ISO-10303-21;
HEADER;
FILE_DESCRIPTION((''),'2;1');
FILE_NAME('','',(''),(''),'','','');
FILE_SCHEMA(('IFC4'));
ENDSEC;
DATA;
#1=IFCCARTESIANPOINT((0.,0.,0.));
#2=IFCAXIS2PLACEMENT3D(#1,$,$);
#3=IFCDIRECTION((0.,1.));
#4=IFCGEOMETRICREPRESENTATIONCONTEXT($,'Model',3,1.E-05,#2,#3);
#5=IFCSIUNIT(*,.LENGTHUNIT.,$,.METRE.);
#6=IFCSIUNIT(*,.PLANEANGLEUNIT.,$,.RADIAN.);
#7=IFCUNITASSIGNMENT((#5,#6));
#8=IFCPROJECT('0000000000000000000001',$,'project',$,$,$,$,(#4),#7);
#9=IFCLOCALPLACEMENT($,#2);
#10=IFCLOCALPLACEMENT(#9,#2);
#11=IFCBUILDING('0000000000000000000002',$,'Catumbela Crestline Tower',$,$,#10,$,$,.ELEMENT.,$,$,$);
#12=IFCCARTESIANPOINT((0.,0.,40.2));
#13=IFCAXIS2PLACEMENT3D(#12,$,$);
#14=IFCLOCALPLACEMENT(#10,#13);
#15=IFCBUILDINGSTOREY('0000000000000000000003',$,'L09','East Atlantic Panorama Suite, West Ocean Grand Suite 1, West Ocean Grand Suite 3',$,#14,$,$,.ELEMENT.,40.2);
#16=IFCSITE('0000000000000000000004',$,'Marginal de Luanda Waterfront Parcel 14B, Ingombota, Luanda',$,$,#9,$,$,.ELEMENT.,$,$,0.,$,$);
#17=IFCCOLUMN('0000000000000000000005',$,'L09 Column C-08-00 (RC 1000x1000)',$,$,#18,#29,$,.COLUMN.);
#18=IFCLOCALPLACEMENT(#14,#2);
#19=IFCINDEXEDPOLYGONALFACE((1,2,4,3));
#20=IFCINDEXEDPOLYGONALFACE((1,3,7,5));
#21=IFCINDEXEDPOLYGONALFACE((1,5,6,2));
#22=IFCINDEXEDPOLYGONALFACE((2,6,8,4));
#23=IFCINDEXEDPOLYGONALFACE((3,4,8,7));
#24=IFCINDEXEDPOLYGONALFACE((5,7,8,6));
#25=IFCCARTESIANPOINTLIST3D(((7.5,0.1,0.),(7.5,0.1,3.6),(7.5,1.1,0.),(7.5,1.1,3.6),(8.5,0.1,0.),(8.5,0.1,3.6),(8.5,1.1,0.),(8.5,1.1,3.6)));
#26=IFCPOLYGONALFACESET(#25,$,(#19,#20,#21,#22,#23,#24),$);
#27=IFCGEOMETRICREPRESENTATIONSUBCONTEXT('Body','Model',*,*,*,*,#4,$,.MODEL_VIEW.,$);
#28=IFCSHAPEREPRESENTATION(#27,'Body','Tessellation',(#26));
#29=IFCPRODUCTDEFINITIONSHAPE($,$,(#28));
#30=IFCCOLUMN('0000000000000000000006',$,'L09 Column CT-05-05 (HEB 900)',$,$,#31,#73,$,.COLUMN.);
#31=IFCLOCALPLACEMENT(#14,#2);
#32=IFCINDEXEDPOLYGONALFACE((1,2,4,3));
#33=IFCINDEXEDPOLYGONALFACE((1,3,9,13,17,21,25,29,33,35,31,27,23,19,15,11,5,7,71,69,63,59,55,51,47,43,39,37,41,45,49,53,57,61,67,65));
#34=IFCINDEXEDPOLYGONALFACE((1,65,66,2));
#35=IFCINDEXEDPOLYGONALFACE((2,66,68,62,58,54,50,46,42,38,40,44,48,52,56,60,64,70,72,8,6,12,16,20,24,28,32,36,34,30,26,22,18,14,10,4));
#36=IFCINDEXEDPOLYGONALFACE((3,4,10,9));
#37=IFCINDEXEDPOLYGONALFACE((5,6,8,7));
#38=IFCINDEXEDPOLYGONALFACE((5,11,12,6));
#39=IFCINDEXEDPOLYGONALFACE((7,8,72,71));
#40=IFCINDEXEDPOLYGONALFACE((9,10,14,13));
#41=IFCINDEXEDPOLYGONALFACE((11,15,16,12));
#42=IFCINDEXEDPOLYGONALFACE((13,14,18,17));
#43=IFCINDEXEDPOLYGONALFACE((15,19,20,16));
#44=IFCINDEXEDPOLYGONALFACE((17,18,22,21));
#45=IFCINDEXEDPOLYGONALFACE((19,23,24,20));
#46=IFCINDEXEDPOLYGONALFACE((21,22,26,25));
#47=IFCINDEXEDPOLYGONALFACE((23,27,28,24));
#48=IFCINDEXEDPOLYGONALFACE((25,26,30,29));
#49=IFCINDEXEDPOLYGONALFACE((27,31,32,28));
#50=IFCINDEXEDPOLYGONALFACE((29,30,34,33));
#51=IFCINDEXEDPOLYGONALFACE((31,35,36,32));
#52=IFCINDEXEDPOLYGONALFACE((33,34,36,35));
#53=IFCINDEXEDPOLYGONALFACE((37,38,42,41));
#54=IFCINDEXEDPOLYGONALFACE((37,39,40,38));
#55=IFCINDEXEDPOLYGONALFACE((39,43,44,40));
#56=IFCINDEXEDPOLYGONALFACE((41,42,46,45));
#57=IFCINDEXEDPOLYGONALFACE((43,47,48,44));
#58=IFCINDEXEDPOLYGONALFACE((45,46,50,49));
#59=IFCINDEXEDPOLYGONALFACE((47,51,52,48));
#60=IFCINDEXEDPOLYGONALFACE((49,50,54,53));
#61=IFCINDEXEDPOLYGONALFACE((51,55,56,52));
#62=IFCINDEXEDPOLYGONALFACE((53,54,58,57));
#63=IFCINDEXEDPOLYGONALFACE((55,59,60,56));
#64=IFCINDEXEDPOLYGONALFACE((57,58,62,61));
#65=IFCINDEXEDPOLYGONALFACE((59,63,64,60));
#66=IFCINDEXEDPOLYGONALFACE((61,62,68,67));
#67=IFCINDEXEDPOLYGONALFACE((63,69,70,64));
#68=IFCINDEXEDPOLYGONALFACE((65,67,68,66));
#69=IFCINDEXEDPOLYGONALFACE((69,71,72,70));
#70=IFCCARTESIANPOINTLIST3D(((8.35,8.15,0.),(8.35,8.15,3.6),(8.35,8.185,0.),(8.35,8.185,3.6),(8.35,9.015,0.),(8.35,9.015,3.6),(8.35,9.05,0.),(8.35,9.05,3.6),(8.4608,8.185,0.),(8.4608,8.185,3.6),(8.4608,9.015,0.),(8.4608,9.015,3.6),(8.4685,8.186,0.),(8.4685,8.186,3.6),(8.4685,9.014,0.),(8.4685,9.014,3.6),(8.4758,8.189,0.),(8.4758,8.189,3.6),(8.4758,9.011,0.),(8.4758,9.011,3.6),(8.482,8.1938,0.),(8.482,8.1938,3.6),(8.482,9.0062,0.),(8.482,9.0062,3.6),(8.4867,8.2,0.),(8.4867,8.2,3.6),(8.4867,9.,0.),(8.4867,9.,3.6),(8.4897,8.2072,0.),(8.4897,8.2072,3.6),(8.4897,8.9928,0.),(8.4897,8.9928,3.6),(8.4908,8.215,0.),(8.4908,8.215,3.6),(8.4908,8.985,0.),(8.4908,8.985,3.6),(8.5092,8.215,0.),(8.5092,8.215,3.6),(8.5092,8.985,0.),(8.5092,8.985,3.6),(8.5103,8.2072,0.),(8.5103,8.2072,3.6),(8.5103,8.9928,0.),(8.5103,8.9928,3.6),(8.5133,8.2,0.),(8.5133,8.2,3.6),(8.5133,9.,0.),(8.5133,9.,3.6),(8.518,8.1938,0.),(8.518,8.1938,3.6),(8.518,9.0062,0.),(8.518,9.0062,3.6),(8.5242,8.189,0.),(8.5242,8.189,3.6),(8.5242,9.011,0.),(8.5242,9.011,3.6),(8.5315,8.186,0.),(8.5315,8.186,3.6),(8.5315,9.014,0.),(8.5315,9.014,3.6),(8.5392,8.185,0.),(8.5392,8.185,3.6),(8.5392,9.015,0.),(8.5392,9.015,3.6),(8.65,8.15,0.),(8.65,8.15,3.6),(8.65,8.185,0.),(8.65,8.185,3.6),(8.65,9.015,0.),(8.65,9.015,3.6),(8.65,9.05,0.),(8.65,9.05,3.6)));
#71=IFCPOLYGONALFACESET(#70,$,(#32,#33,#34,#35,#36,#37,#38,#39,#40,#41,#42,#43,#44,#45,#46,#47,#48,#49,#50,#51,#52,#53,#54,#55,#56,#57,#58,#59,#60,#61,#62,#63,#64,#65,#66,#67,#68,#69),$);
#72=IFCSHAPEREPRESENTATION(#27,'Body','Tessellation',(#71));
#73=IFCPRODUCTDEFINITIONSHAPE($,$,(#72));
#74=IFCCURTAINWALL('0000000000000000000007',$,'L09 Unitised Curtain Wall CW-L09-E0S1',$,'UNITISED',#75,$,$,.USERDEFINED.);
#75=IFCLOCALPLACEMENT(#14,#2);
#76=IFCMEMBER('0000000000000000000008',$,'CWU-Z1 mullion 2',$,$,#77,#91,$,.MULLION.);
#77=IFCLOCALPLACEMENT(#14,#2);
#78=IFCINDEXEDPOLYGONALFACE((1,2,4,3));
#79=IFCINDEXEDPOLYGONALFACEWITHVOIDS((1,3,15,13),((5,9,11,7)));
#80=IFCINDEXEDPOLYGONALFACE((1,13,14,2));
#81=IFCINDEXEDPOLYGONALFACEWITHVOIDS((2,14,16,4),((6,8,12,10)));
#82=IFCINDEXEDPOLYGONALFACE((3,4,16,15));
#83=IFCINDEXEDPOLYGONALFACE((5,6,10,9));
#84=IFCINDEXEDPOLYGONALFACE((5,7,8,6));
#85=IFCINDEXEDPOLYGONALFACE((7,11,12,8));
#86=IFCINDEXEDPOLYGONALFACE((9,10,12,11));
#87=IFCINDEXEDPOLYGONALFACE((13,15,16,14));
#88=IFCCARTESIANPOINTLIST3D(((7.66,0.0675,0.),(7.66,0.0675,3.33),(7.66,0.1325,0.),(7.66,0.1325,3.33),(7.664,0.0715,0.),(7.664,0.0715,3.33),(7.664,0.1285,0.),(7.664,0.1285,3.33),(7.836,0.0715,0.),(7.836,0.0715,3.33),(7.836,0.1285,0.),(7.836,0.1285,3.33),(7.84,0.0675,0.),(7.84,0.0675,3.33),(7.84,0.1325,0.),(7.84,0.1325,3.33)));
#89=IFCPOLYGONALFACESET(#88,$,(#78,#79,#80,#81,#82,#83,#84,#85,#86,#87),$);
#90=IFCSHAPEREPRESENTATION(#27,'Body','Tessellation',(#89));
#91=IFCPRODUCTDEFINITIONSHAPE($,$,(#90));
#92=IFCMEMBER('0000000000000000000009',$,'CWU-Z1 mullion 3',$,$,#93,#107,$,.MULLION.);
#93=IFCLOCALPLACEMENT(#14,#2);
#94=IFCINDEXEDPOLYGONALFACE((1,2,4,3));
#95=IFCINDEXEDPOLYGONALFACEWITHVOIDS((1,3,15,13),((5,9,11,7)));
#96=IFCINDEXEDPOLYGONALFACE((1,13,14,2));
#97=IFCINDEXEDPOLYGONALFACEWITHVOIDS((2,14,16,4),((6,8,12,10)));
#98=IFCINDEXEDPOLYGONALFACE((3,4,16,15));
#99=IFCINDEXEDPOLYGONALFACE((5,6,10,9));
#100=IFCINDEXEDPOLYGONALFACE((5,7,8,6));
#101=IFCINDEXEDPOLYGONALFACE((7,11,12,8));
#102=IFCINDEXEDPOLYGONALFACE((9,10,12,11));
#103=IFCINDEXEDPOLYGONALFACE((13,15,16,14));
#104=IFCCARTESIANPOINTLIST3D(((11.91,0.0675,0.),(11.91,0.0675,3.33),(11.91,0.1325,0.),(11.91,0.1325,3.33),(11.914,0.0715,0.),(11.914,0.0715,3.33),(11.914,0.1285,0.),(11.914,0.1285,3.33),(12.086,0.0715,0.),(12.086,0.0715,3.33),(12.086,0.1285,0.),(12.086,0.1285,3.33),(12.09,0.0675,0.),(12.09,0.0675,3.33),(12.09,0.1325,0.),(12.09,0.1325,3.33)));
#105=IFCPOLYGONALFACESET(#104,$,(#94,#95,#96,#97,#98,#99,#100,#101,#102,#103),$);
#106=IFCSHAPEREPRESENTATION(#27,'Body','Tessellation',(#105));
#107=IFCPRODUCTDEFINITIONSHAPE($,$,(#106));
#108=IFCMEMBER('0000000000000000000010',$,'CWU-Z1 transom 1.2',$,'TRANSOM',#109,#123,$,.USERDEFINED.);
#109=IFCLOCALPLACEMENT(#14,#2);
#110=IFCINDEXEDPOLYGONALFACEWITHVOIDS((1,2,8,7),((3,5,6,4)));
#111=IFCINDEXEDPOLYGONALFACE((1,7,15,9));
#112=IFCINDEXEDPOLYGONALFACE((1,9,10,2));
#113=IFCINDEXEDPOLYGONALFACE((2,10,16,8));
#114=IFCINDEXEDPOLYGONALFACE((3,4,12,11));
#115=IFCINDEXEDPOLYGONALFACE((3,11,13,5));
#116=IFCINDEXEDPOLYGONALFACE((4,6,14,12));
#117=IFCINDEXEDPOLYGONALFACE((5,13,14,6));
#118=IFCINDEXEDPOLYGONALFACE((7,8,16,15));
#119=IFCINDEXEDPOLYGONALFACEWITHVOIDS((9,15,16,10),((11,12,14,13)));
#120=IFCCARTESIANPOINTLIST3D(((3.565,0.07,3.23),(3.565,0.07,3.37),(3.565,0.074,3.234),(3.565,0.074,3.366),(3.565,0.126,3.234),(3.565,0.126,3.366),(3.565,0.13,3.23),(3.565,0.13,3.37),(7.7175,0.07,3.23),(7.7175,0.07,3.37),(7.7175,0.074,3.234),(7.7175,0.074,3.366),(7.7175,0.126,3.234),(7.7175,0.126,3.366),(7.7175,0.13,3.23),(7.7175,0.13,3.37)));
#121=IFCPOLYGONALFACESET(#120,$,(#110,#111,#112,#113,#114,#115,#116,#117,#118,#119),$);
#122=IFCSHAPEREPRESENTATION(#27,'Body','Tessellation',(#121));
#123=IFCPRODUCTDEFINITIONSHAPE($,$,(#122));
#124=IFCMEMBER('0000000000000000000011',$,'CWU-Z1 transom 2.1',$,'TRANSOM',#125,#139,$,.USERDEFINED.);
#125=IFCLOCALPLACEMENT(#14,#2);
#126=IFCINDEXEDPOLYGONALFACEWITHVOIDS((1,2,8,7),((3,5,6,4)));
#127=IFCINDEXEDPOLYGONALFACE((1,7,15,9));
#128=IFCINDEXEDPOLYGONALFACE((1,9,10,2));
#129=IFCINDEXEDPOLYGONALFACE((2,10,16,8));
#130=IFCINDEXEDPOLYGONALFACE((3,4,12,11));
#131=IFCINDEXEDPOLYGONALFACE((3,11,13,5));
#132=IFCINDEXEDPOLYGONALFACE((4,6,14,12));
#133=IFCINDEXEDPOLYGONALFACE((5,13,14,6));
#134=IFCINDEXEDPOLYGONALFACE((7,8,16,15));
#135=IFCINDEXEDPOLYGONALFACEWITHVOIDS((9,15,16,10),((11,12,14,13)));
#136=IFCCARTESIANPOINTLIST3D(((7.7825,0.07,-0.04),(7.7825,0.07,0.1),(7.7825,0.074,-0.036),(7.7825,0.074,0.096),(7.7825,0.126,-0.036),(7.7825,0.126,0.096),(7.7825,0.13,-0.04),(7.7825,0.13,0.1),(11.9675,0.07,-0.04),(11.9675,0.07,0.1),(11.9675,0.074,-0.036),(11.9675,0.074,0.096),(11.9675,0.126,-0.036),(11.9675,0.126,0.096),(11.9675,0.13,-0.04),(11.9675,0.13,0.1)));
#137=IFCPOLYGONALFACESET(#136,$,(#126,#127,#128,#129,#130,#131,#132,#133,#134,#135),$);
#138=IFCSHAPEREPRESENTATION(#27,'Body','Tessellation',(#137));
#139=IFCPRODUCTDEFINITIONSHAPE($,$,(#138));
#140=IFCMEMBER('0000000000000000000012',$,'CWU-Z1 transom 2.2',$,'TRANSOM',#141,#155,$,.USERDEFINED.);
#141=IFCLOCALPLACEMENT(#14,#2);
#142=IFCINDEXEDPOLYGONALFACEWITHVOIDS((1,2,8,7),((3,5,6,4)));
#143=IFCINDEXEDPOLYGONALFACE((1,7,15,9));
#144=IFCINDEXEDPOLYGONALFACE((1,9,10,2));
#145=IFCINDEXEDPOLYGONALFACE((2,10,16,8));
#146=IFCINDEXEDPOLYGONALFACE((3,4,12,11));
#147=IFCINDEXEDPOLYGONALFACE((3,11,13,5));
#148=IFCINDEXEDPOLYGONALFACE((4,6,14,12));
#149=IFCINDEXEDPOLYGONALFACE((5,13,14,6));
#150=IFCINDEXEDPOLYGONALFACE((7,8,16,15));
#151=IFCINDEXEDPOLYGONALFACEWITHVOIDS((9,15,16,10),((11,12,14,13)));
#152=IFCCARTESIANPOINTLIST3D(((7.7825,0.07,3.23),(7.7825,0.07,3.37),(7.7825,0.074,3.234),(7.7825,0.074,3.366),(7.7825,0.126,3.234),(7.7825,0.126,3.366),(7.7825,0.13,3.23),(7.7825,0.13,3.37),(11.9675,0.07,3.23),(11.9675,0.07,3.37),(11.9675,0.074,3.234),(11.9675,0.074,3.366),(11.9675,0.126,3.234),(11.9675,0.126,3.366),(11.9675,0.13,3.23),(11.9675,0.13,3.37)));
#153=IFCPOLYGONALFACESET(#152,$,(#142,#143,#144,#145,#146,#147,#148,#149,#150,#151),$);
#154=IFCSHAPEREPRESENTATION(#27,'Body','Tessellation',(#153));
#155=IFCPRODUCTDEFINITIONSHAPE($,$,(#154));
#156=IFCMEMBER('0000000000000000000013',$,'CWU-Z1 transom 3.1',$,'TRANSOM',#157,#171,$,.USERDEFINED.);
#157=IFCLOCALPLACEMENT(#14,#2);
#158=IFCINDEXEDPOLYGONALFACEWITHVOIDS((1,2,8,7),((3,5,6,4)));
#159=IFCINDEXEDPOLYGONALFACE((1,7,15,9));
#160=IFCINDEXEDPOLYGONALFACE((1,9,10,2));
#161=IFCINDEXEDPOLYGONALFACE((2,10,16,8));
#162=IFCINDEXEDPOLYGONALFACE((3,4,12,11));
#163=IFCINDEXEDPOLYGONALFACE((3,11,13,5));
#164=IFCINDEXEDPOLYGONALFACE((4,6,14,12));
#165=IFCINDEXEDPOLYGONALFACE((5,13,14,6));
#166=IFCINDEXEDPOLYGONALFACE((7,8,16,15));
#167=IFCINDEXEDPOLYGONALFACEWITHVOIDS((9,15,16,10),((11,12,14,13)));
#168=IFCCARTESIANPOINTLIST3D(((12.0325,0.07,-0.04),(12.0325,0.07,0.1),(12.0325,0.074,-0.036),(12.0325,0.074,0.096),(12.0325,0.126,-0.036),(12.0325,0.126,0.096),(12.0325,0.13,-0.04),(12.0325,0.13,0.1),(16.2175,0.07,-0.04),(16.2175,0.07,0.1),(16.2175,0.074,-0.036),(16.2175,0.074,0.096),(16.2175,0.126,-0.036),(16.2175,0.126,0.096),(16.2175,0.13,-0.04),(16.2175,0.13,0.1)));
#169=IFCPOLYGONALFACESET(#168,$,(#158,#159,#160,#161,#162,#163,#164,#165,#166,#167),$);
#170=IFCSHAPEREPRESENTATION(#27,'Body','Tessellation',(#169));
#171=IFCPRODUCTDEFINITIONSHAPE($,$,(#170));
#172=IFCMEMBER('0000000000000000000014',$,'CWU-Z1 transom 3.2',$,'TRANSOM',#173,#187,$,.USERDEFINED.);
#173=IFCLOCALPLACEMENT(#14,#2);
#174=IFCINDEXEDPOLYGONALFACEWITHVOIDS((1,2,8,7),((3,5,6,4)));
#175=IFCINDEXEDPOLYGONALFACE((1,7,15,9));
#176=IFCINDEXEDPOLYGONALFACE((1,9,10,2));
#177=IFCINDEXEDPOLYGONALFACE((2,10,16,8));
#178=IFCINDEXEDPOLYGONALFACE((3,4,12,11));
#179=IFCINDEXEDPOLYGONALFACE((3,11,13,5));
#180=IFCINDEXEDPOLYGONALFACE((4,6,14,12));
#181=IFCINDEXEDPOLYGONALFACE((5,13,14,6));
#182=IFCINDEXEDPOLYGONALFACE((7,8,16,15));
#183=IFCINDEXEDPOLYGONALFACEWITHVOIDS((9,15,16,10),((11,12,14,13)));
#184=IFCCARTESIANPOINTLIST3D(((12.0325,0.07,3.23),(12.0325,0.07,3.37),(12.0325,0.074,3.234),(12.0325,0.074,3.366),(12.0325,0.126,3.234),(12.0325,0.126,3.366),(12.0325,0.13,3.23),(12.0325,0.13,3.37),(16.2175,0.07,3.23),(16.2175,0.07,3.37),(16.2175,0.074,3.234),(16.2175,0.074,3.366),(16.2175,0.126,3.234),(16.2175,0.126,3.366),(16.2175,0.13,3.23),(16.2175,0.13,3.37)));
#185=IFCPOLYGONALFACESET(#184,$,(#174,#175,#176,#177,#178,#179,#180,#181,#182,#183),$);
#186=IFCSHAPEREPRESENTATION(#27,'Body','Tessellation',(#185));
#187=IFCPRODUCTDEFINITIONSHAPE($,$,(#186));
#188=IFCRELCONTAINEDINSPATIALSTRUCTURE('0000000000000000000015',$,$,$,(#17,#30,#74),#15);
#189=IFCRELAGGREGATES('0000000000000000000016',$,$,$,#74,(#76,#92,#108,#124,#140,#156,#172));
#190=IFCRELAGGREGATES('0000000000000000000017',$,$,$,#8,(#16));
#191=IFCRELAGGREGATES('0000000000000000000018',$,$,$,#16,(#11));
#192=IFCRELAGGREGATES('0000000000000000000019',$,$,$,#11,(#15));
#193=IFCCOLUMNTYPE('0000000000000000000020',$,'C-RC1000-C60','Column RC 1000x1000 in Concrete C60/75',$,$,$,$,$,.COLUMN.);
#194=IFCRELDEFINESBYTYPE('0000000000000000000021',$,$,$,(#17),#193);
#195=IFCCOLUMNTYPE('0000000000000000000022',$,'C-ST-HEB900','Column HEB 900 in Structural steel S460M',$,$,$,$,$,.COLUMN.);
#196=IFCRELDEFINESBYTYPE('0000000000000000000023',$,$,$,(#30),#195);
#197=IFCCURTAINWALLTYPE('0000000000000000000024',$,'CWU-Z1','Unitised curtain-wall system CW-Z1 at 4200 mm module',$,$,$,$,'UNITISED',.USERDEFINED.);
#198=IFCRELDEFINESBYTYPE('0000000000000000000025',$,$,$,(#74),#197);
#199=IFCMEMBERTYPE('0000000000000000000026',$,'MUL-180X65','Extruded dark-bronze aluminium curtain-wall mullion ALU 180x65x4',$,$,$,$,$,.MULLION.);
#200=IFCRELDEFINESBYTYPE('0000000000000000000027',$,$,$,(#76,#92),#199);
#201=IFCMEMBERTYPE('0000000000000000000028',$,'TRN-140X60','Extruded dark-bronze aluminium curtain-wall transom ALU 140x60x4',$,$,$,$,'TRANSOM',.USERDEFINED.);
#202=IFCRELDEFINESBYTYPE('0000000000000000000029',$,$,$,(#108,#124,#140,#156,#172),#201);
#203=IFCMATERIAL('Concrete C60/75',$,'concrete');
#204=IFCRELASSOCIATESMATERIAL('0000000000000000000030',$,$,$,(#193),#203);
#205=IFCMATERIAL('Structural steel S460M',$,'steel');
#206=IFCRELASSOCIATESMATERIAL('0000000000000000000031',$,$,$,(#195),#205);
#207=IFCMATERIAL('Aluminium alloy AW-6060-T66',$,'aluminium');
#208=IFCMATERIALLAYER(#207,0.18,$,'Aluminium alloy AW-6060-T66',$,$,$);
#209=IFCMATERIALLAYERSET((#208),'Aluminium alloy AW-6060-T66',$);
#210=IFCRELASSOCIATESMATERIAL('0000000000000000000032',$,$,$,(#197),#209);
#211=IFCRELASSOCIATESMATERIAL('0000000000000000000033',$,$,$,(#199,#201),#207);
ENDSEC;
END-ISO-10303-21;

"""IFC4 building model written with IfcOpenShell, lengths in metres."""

from ifc_helpers import new_model, si_unit, direction, frame, origin, origin_2d, place, context, subcontext, project, spatial, rectangle, hollow_rectangle, i_section, extrude, material, layer, layer_set, material_profile, profile_set, type_object, element, aggregate, save


model = new_model("IFC4")

# Units and contexts
model_context = context("Model", 3, precision=1e-05, world=origin(), true_north=direction((0.0, 1.0)))
body_context = subcontext(model_context, "Body", "Model", "MODEL_VIEW")
ifc_project = project(units=[si_unit("LENGTHUNIT", "METRE"), si_unit("PLANEANGLEUNIT", "RADIAN")], contexts=[model_context])

# Site, building, storey
site_placement = place(None, origin())
site = spatial("IfcSite", under=ifc_project, at=site_placement, Name="Marginal de Luanda Waterfront Parcel 14B, Ingombota, Luanda", CompositionType="ELEMENT", RefElevation=0.0)
building_placement = place(site_placement, origin())
building = spatial("IfcBuilding", under=site, at=building_placement, Name="Catumbela Crestline Tower", CompositionType="ELEMENT")
storey_placement = place(building_placement, frame((0.0, 0.0, 40.2)))
storey = spatial("IfcBuildingStorey", under=building, at=storey_placement, Name="L09", Description="East Atlantic Panorama Suite, West Ocean Grand Suite 1, West Ocean Grand Suite 3", CompositionType="ELEMENT", Elevation=40.2)

# Columns
ifc_material_1 = material(Name="Concrete C60/75", Category="concrete")
ifc_material_profile_1 = material_profile(ifc_material_1, rectangle(XDim=1.0, YDim=1.0, at=origin_2d()), Name="RC 1000x1000")
ifc_profile_set_1 = profile_set([ifc_material_profile_1], Name="Concrete C60/75")
column_type_1 = type_object("IfcColumnType", Name="C-RC1000-C60", Description="Column RC 1000x1000 in Concrete C60/75", PredefinedType="COLUMN", material=ifc_profile_set_1)
column_1_placement = place(storey_placement, frame((8.0, 0.6, 0.0), z_axis=(0.0, 0.0, 1.0), x_axis=(1.0, 0.0, 0.0)))
element("IfcColumn", 1, at=column_1_placement, inside=storey, type_object=column_type_1, Name="L09 Column C-08-00 (RC 1000x1000)", PredefinedType="COLUMN", context=body_context, shape_type="SweptSolid", body=[
    extrude(rectangle(XDim=1.0, YDim=1.0, at=origin_2d()), origin(), (0.0, 0.0, 1.0), 3.6),
])
ifc_material_2 = material(Name="Structural steel S460M", Category="steel")
ifc_material_profile_2 = material_profile(ifc_material_2, i_section(OverallWidth=0.3, OverallDepth=0.9, WebThickness=0.0185, FlangeThickness=0.035, FilletRadius=0.03, at=origin_2d()), Name="HEB 900")
ifc_profile_set_2 = profile_set([ifc_material_profile_2], Name="Structural steel S460M")
column_type_2 = type_object("IfcColumnType", Name="C-ST-HEB900", Description="Column HEB 900 in Structural steel S460M", PredefinedType="COLUMN", material=ifc_profile_set_2)
column_2_placement = place(storey_placement, frame((8.5, 8.6, 0.0), z_axis=(0.0, 0.0, 1.0), x_axis=(1.0, 0.0, 0.0)))
element("IfcColumn", 2, at=column_2_placement, inside=storey, type_object=column_type_2, Name="L09 Column CT-05-05 (HEB 900)", PredefinedType="COLUMN", context=body_context, shape_type="SweptSolid", body=[
    extrude(i_section(OverallWidth=0.3, OverallDepth=0.9, WebThickness=0.0185, FlangeThickness=0.035, FilletRadius=0.03, at=origin_2d()), origin(), (0.0, 0.0, 1.0), 3.6),
])

# Curtain wall, members
ifc_material_3 = material(Name="Aluminium alloy AW-6060-T66", Category="aluminium")
ifc_layer_1 = layer(ifc_material_3, 0.18, Name="Aluminium alloy AW-6060-T66")
ifc_layer_set_1 = layer_set([ifc_layer_1], Name="Aluminium alloy AW-6060-T66")
curtain_wall_type = type_object("IfcCurtainWallType", Name="CWU-Z1", Description="Unitised curtain-wall system CW-Z1 at 4200 mm module", ElementType="UNITISED", PredefinedType="USERDEFINED", material=ifc_layer_set_1)
curtain_wall_placement = place(storey_placement, origin())
curtain_wall = element("IfcCurtainWall", 3, at=curtain_wall_placement, inside=storey, type_object=curtain_wall_type, Name="L09 Unitised Curtain Wall CW-L09-E0S1", ObjectType="UNITISED", PredefinedType="USERDEFINED")
ifc_material_profile_3 = material_profile(ifc_material_3, hollow_rectangle(XDim=0.065, YDim=0.18, WallThickness=0.004, at=origin_2d()), Name="ALU 180x65x4")
ifc_profile_set_3 = profile_set([ifc_material_profile_3], Name="Aluminium alloy AW-6060-T66")
member_type_1 = type_object("IfcMemberType", Name="MUL-180X65", Description="Extruded dark-bronze aluminium curtain-wall mullion ALU 180x65x4", PredefinedType="MULLION", material=ifc_profile_set_3)
member_1_placement = place(storey_placement, frame((7.75, 0.1, 0.0), z_axis=(0.0, 0.0, 1.0), x_axis=(0.0, 1.0, 0.0)))
member_1 = element("IfcMember", 4, at=member_1_placement, type_object=member_type_1, Name="CWU-Z1 mullion 2", PredefinedType="MULLION", context=body_context, shape_type="SweptSolid", body=[
    extrude(hollow_rectangle(XDim=0.065, YDim=0.18, WallThickness=0.004, at=origin_2d()), origin(), (0.0, 0.0, 1.0), 3.33),
])
member_2_placement = place(storey_placement, frame((12.0, 0.1, 0.0), z_axis=(0.0, 0.0, 1.0), x_axis=(0.0, 1.0, 0.0)))
member_2 = element("IfcMember", 5, at=member_2_placement, type_object=member_type_1, Name="CWU-Z1 mullion 3", PredefinedType="MULLION", context=body_context, shape_type="SweptSolid", body=[
    extrude(hollow_rectangle(XDim=0.065, YDim=0.18, WallThickness=0.004, at=origin_2d()), origin(), (0.0, 0.0, 1.0), 3.33),
])
ifc_material_profile_4 = material_profile(ifc_material_3, hollow_rectangle(XDim=0.06, YDim=0.14, WallThickness=0.004, at=origin_2d()), Name="ALU 140x60x4")
ifc_profile_set_4 = profile_set([ifc_material_profile_4], Name="Aluminium alloy AW-6060-T66")
member_type_2 = type_object("IfcMemberType", Name="TRN-140X60", Description="Extruded dark-bronze aluminium curtain-wall transom ALU 140x60x4", ElementType="TRANSOM", PredefinedType="USERDEFINED", material=ifc_profile_set_4)
member_3_placement = place(storey_placement, frame((3.565, 0.1, 3.3), z_axis=(1.0, 0.0, 0.0), x_axis=(0.0, 1.0, 0.0)))
member_3 = element("IfcMember", 6, at=member_3_placement, type_object=member_type_2, Name="CWU-Z1 transom 1.2", ObjectType="TRANSOM", PredefinedType="USERDEFINED", context=body_context, shape_type="SweptSolid", body=[
    extrude(hollow_rectangle(XDim=0.06, YDim=0.14, WallThickness=0.004, at=origin_2d()), origin(), (0.0, 0.0, 1.0), 4.1525),
])
member_4_placement = place(storey_placement, frame((7.7825, 0.1, 0.03), z_axis=(1.0, 0.0, 0.0), x_axis=(0.0, 1.0, 0.0)))
member_4 = element("IfcMember", 7, at=member_4_placement, type_object=member_type_2, Name="CWU-Z1 transom 2.1", ObjectType="TRANSOM", PredefinedType="USERDEFINED", context=body_context, shape_type="SweptSolid", body=[
    extrude(hollow_rectangle(XDim=0.06, YDim=0.14, WallThickness=0.004, at=origin_2d()), origin(), (0.0, 0.0, 1.0), 4.185),
])
member_5_placement = place(storey_placement, frame((7.7825, 0.1, 3.3), z_axis=(1.0, 0.0, 0.0), x_axis=(0.0, 1.0, 0.0)))
member_5 = element("IfcMember", 8, at=member_5_placement, type_object=member_type_2, Name="CWU-Z1 transom 2.2", ObjectType="TRANSOM", PredefinedType="USERDEFINED", context=body_context, shape_type="SweptSolid", body=[
    extrude(hollow_rectangle(XDim=0.06, YDim=0.14, WallThickness=0.004, at=origin_2d()), origin(), (0.0, 0.0, 1.0), 4.185),
])
member_6_placement = place(storey_placement, frame((12.0325, 0.1, 0.03), z_axis=(1.0, 0.0, 0.0), x_axis=(0.0, 1.0, 0.0)))
member_6 = element("IfcMember", 9, at=member_6_placement, type_object=member_type_2, Name="CWU-Z1 transom 3.1", ObjectType="TRANSOM", PredefinedType="USERDEFINED", context=body_context, shape_type="SweptSolid", body=[
    extrude(hollow_rectangle(XDim=0.06, YDim=0.14, WallThickness=0.004, at=origin_2d()), origin(), (0.0, 0.0, 1.0), 4.185),
])
member_7_placement = place(storey_placement, frame((12.0325, 0.1, 3.3), z_axis=(1.0, 0.0, 0.0), x_axis=(0.0, 1.0, 0.0)))
member_7 = element("IfcMember", 10, at=member_7_placement, type_object=member_type_2, Name="CWU-Z1 transom 3.2", ObjectType="TRANSOM", PredefinedType="USERDEFINED", context=body_context, shape_type="SweptSolid", body=[
    extrude(hollow_rectangle(XDim=0.06, YDim=0.14, WallThickness=0.004, at=origin_2d()), origin(), (0.0, 0.0, 1.0), 4.185),
])
aggregate(curtain_wall, [member_1, member_2, member_3, member_4, member_5, member_6, member_7])

save(model, "model.ifc")
